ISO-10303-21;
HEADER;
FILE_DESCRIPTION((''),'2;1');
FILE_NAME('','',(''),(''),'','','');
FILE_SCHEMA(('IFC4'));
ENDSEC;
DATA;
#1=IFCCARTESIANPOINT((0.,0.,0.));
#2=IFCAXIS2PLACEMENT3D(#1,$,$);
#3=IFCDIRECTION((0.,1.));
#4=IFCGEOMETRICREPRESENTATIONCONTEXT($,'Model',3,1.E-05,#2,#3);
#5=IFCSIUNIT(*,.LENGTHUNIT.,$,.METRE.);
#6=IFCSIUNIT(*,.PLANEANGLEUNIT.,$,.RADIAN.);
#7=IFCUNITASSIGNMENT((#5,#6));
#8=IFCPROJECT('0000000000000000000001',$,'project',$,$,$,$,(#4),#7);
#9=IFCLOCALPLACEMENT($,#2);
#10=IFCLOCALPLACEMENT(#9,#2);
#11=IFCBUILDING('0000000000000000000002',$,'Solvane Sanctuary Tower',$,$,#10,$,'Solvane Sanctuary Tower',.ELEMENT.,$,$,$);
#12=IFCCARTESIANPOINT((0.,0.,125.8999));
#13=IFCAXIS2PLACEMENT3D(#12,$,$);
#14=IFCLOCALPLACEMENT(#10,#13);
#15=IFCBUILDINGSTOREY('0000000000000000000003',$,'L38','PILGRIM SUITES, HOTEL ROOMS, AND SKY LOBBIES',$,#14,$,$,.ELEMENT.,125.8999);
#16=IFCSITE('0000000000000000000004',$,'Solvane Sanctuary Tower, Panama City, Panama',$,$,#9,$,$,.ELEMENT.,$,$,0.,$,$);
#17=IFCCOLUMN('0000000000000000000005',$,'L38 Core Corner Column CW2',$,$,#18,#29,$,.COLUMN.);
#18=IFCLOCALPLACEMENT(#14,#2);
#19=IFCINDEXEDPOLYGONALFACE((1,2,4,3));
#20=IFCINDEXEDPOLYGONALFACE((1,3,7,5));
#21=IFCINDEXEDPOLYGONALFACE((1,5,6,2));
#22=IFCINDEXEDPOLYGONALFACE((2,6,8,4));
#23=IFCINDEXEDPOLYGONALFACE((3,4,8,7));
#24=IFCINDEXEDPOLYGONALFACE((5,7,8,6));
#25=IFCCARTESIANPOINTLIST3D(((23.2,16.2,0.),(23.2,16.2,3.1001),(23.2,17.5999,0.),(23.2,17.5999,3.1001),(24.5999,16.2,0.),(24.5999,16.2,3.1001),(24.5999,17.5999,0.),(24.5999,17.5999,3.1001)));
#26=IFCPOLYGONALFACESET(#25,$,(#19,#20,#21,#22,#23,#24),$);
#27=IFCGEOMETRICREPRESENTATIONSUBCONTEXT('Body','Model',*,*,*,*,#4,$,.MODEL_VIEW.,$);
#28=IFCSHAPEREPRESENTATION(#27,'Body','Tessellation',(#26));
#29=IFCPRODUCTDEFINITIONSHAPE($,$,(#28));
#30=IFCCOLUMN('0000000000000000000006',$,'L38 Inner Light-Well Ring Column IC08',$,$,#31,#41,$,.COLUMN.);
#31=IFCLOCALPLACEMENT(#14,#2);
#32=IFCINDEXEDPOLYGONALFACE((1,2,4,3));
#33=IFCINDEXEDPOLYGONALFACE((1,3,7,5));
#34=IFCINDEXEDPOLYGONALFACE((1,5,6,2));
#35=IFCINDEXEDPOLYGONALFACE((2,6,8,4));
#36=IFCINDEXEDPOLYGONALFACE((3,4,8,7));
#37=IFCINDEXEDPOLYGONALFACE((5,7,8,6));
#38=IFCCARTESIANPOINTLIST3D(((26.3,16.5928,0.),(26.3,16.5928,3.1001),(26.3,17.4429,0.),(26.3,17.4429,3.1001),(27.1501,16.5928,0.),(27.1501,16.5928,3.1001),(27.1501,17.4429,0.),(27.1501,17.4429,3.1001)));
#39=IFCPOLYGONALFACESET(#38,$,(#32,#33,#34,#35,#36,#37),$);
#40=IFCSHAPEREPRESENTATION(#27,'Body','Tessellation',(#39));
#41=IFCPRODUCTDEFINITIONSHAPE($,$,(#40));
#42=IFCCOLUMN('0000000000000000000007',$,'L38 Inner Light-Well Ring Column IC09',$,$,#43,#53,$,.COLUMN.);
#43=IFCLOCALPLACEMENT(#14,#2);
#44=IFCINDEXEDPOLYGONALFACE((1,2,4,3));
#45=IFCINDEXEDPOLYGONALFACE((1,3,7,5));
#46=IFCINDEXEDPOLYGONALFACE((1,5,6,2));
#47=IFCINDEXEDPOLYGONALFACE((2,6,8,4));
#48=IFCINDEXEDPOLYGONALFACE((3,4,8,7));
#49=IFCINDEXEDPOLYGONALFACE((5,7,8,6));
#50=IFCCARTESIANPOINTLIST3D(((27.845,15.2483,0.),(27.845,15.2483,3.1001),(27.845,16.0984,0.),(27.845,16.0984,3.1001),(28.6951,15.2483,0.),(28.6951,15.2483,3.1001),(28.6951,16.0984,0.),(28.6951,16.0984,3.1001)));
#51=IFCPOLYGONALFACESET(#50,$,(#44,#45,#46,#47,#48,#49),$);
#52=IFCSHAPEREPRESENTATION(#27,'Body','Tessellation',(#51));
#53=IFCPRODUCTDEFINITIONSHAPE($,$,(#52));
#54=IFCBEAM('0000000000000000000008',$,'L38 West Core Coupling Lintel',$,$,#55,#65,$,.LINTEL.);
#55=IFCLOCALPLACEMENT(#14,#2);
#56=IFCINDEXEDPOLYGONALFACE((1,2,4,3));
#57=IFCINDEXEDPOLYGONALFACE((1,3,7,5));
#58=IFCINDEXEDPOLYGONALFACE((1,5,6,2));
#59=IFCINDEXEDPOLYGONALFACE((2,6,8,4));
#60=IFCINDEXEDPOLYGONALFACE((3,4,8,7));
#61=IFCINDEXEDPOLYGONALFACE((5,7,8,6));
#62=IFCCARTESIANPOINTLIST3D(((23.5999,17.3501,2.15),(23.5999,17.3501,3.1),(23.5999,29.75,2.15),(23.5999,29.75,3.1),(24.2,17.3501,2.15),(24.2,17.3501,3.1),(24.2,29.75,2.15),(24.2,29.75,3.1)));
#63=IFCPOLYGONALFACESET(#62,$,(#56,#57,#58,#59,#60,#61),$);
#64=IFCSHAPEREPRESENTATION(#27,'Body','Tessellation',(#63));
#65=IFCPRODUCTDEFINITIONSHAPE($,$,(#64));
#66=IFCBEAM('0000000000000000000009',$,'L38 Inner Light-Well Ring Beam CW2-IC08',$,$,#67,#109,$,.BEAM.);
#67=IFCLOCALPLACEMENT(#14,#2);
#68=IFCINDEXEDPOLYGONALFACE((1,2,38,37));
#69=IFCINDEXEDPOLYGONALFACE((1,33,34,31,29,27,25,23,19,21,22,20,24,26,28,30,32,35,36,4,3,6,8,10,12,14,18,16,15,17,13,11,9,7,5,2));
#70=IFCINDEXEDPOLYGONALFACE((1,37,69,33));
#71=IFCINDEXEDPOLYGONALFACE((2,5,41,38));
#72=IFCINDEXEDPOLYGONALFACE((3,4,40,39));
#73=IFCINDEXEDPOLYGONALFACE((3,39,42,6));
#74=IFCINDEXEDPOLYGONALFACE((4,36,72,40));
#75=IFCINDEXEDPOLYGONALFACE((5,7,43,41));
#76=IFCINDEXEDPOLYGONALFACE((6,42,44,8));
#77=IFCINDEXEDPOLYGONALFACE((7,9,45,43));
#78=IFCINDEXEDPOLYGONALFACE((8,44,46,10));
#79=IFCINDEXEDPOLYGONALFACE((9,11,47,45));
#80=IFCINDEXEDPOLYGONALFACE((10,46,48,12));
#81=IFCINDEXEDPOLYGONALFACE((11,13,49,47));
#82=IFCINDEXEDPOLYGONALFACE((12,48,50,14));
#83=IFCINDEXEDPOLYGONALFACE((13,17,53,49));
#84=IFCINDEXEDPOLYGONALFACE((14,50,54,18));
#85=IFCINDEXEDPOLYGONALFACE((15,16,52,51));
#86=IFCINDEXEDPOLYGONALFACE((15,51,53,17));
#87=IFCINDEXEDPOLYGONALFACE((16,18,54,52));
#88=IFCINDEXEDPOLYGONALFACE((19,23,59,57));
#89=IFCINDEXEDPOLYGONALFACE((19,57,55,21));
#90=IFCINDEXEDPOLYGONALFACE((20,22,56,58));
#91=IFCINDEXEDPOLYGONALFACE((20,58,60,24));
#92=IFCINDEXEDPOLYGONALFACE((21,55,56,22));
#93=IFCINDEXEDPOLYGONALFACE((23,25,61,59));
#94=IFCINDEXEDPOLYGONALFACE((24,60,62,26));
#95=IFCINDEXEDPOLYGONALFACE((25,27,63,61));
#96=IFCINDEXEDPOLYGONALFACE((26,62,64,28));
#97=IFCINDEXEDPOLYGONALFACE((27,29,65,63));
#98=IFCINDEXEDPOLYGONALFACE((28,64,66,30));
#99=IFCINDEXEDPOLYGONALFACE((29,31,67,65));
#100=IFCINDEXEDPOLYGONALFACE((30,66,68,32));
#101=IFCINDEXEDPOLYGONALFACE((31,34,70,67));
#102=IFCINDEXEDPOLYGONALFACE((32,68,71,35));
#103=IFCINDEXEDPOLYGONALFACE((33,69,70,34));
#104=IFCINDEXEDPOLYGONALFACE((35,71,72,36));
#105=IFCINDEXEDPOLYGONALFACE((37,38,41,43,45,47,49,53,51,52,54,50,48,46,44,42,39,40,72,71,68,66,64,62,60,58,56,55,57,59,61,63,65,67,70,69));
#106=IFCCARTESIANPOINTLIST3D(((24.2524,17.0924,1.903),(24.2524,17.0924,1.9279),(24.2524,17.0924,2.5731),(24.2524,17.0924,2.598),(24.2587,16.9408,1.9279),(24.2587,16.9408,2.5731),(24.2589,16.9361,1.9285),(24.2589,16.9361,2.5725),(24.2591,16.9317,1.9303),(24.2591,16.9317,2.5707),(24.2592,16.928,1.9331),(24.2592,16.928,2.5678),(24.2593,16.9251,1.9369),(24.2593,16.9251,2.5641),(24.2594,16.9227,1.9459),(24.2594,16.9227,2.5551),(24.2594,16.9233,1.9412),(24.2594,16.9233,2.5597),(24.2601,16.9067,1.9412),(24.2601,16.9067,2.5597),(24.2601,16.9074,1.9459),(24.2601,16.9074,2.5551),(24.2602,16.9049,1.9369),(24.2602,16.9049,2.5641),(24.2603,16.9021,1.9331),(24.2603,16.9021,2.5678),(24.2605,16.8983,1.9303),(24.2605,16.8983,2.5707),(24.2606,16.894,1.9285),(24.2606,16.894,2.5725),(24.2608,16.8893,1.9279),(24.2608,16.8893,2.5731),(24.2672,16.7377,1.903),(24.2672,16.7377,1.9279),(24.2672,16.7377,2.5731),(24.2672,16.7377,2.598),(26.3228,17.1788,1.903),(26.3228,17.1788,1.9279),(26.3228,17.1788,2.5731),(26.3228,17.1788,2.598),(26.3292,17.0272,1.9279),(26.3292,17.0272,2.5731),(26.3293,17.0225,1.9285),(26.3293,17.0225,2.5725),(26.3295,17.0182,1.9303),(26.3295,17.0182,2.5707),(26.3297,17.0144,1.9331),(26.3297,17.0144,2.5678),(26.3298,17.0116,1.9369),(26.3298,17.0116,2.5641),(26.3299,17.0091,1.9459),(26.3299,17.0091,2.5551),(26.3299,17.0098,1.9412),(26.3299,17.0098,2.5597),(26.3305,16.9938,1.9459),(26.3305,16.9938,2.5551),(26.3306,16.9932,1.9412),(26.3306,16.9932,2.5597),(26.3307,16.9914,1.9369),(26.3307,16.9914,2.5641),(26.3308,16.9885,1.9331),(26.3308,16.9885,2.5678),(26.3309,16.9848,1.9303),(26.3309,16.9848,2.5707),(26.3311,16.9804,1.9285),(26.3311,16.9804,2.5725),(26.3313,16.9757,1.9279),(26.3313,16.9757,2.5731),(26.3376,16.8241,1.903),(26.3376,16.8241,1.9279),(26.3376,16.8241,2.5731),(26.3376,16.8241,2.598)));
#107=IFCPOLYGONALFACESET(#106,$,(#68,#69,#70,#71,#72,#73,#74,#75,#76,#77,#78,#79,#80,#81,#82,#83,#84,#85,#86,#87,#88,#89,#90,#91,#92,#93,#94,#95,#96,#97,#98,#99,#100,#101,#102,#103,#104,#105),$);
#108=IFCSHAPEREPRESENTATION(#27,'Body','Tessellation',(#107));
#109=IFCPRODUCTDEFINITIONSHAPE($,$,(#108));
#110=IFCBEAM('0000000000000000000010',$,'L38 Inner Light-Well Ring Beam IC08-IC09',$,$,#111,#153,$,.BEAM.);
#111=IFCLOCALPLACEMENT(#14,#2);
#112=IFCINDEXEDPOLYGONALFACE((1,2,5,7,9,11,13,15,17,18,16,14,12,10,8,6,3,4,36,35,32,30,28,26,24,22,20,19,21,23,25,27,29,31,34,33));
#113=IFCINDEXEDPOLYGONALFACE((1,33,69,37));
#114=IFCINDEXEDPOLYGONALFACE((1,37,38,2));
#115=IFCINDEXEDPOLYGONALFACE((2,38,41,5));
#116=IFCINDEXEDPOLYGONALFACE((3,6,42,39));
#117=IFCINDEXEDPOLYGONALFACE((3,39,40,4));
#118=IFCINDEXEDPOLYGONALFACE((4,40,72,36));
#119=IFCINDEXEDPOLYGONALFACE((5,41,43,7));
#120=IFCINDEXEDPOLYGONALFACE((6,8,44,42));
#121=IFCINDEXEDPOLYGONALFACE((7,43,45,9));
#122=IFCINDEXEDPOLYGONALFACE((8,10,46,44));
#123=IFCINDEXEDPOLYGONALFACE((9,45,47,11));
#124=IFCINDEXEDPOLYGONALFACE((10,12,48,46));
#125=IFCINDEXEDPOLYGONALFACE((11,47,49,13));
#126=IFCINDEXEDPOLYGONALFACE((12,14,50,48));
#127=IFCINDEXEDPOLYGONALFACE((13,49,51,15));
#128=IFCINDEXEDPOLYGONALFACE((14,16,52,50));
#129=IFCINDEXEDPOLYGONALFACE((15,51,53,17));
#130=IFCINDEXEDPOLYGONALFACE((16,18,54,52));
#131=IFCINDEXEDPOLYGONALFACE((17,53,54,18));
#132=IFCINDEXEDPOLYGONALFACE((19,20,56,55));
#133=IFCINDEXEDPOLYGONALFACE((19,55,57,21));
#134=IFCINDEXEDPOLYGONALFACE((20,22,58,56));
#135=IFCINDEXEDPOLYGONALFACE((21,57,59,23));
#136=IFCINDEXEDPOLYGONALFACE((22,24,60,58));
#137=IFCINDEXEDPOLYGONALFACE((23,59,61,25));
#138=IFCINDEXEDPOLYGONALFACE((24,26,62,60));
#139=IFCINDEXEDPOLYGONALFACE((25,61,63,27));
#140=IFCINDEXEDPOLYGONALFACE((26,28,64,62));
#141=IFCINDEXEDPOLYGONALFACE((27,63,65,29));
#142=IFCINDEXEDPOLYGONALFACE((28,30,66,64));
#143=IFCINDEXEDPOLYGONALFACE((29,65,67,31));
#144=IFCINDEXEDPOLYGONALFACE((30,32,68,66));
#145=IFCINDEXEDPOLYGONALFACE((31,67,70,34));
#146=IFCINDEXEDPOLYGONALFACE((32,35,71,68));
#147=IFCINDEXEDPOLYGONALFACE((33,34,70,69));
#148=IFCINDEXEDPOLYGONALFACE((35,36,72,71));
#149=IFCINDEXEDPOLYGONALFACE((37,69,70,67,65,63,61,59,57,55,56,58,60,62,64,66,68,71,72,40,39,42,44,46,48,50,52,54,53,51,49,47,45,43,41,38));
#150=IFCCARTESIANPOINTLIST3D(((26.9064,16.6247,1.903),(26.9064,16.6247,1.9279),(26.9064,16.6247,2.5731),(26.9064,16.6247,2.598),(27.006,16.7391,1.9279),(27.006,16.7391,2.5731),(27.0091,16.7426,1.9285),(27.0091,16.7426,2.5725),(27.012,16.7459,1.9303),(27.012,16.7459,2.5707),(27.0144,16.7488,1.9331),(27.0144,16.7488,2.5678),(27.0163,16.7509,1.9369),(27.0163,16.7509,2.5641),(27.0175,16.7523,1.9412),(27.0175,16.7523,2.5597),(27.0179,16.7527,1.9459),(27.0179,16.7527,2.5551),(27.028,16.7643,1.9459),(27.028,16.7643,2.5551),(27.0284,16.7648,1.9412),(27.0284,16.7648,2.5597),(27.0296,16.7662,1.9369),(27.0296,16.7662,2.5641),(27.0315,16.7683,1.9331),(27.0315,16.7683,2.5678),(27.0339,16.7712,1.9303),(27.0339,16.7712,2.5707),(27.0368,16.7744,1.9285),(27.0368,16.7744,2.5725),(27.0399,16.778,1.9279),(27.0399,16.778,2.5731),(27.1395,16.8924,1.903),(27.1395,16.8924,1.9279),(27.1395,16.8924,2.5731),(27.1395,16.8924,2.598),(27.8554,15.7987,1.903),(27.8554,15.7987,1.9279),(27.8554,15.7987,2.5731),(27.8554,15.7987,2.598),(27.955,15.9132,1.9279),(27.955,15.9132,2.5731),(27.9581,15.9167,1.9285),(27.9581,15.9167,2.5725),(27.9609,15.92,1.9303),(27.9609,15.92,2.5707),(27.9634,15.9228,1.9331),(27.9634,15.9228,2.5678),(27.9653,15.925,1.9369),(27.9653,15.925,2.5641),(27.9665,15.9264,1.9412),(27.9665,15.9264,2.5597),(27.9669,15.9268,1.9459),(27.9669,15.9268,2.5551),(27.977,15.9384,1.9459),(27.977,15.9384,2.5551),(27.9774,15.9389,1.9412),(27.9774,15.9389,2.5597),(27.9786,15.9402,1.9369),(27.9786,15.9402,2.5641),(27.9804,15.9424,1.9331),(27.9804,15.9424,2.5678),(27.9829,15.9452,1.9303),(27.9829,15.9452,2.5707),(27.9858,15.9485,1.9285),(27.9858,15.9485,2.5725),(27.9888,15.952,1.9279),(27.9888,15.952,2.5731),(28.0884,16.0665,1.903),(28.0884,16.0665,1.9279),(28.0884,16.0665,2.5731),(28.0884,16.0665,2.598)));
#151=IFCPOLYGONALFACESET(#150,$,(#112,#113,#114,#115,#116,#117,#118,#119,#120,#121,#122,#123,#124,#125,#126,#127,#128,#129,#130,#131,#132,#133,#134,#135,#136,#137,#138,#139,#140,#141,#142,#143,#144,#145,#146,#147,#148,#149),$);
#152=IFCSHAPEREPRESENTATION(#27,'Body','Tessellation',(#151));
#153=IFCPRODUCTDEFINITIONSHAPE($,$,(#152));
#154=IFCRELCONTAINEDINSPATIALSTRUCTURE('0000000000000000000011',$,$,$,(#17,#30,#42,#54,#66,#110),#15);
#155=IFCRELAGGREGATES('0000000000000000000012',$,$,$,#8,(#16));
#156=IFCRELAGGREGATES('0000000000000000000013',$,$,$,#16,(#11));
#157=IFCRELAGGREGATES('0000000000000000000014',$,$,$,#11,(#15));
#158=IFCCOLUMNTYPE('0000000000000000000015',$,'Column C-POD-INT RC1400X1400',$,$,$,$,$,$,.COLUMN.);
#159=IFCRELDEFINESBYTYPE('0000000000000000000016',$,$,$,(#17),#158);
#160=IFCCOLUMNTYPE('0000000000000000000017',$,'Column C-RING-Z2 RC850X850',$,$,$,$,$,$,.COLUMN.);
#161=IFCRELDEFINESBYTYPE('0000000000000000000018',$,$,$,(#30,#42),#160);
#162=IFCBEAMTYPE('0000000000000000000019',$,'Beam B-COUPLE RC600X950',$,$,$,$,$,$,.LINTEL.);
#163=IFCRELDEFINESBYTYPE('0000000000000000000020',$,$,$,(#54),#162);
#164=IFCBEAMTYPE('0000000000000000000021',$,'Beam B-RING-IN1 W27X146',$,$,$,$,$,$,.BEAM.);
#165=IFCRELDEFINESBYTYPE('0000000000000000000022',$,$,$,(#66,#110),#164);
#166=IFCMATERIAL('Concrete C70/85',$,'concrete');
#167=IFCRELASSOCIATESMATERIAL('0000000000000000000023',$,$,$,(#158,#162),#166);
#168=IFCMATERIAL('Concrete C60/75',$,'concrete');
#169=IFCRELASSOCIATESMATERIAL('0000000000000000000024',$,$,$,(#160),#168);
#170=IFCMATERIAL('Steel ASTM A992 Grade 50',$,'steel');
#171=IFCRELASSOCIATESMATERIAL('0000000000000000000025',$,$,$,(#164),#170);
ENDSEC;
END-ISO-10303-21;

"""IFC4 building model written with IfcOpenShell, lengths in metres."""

from ifc_helpers import new_model, si_unit, direction, frame, origin, origin_2d, place, context, subcontext, project, spatial, rectangle, i_section, extrude, material, material_profile, profile_set, type_object, element, save


model = new_model("IFC4")

# Units and contexts
model_context = context("Model", 3, precision=1e-05, world=origin(), true_north=direction((0.0, 1.0)))
body_context = subcontext(model_context, "Body", "Model", "MODEL_VIEW")
ifc_project = project(units=[si_unit("LENGTHUNIT", "METRE"), si_unit("PLANEANGLEUNIT", "RADIAN")], contexts=[model_context])

# Site, building, storey
site_placement = place(None, origin())
site = spatial("IfcSite", under=ifc_project, at=site_placement, Name="Solvane Sanctuary Tower, Panama City, Panama", CompositionType="ELEMENT", RefElevation=0.0)
building_placement = place(site_placement, origin())
building = spatial("IfcBuilding", under=site, at=building_placement, Name="Solvane Sanctuary Tower", LongName="Solvane Sanctuary Tower", CompositionType="ELEMENT")
storey_placement = place(building_placement, frame((0.0, 0.0, 125.8999)))
storey = spatial("IfcBuildingStorey", under=building, at=storey_placement, Name="L38", Description="PILGRIM SUITES, HOTEL ROOMS, AND SKY LOBBIES", CompositionType="ELEMENT", Elevation=125.8999)

# Columns
ifc_material_1 = material(Name="Concrete C70/85", Category="concrete")
ifc_material_profile_1 = material_profile(ifc_material_1, rectangle(XDim=1.3999, YDim=1.3999, at=origin_2d()), Name="RC1400X1400")
ifc_profile_set_1 = profile_set([ifc_material_profile_1], Name="Concrete C70/85")
column_type_1 = type_object("IfcColumnType", Name="Column C-POD-INT RC1400X1400", PredefinedType="COLUMN", material=ifc_profile_set_1)
column_placement = place(storey_placement, frame((23.8999, 16.8999, 0.0), z_axis=(0.0, 0.0, 1.0), x_axis=(1.0, 0.0, 0.0)))
element("IfcColumn", 1, at=column_placement, inside=storey, type_object=column_type_1, Name="L38 Core Corner Column CW2", PredefinedType="COLUMN", context=body_context, shape_type="SweptSolid", body=[
    extrude(rectangle(XDim=1.3999, YDim=1.3999, at=origin_2d()), origin(), (0.0, 0.0, 1.0), 3.1001),
])
ifc_material_2 = material(Name="Concrete C60/75", Category="concrete")
ifc_material_profile_2 = material_profile(ifc_material_2, rectangle(XDim=0.8501, YDim=0.8501, at=origin_2d()), Name="RC850X850")
ifc_profile_set_2 = profile_set([ifc_material_profile_2], Name="Concrete C60/75")
column_type_2 = type_object("IfcColumnType", Name="Column C-RING-Z2 RC850X850", PredefinedType="COLUMN", material=ifc_profile_set_2)
for number, where, z_axis, x_axis, name in (
    (2, (26.7251, 17.0178, 0.0), (0.0, 0.0, 1.0), (1.0, 0.0, 0.0), "L38 Inner Light-Well Ring Column IC08"),
    (3, (28.27, 15.6733, 0.0), (0.0, 0.0, 1.0), (1.0, 0.0, 0.0), "L38 Inner Light-Well Ring Column IC09"),
):
    element("IfcColumn", number, at=place(storey_placement, frame(where, z_axis=z_axis, x_axis=x_axis)), inside=storey, type_object=column_type_2, Name=name, PredefinedType="COLUMN", context=body_context, shape_type="SweptSolid", body=[
        extrude(rectangle(XDim=0.8501, YDim=0.8501, at=origin_2d()), origin(), (0.0, 0.0, 1.0), 3.1001),
    ])

# Beams
ifc_material_profile_3 = material_profile(ifc_material_1, rectangle(XDim=0.6001, YDim=0.95, at=origin_2d()), Name="RC600X950")
ifc_profile_set_3 = profile_set([ifc_material_profile_3], Name="Concrete C70/85")
beam_type_1 = type_object("IfcBeamType", Name="Beam B-COUPLE RC600X950", PredefinedType="LINTEL", material=ifc_profile_set_3)
beam_1_placement = place(storey_placement, frame((23.8999, 17.3501, 2.625), z_axis=(0.0, 1.0, 0.0), x_axis=(-1.0, 0.0, 0.0)))
element("IfcBeam", 4, at=beam_1_placement, inside=storey, type_object=beam_type_1, Name="L38 West Core Coupling Lintel", PredefinedType="LINTEL", context=body_context, shape_type="SweptSolid", body=[
    extrude(rectangle(XDim=0.6001, YDim=0.95, at=origin_2d()), origin(), (0.0, 0.0, 1.0), 12.3999),
])
ifc_material_3 = material(Name="Steel ASTM A992 Grade 50", Category="steel")
ifc_material_profile_4 = material_profile(ifc_material_3, i_section(OverallWidth=0.355, OverallDepth=0.6951, WebThickness=0.0154, FlangeThickness=0.0249, FilletRadius=0.0181, at=origin_2d()), Name="W27X146")
ifc_profile_set_4 = profile_set([ifc_material_profile_4], Name="Steel ASTM A992 Grade 50")
beam_type_2 = type_object("IfcBeamType", Name="Beam B-RING-IN1 W27X146", PredefinedType="BEAM", material=ifc_profile_set_4)
beam_2_placement = place(storey_placement, frame((24.2598, 16.915, 2.2505), z_axis=(0.99913, 0.041704, 0.0), x_axis=(-0.041704, 0.99913, 0.0)))
element("IfcBeam", 5, at=beam_2_placement, inside=storey, type_object=beam_type_2, Name="L38 Inner Light-Well Ring Beam CW2-IC08", PredefinedType="BEAM", context=body_context, shape_type="SweptSolid", body=[
    extrude(i_section(OverallWidth=0.355, OverallDepth=0.6951, WebThickness=0.0154, FlangeThickness=0.0249, FilletRadius=0.0181, at=origin_2d()), origin(), (0.0, 0.0, 1.0), 2.0723),
])
beam_3_placement = place(storey_placement, frame((27.0229, 16.7585, 2.2505), z_axis=(0.754317, -0.65651, 0.0), x_axis=(0.65651, 0.754317, 0.0)))
element("IfcBeam", 6, at=beam_3_placement, inside=storey, type_object=beam_type_2, Name="L38 Inner Light-Well Ring Beam IC08-IC09", PredefinedType="BEAM", context=body_context, shape_type="SweptSolid", body=[
    extrude(i_section(OverallWidth=0.355, OverallDepth=0.6951, WebThickness=0.0154, FlangeThickness=0.0249, FilletRadius=0.0181, at=origin_2d()), origin(), (0.0, 0.0, 1.0), 1.2581),
])

save(model, "model.ifc")
